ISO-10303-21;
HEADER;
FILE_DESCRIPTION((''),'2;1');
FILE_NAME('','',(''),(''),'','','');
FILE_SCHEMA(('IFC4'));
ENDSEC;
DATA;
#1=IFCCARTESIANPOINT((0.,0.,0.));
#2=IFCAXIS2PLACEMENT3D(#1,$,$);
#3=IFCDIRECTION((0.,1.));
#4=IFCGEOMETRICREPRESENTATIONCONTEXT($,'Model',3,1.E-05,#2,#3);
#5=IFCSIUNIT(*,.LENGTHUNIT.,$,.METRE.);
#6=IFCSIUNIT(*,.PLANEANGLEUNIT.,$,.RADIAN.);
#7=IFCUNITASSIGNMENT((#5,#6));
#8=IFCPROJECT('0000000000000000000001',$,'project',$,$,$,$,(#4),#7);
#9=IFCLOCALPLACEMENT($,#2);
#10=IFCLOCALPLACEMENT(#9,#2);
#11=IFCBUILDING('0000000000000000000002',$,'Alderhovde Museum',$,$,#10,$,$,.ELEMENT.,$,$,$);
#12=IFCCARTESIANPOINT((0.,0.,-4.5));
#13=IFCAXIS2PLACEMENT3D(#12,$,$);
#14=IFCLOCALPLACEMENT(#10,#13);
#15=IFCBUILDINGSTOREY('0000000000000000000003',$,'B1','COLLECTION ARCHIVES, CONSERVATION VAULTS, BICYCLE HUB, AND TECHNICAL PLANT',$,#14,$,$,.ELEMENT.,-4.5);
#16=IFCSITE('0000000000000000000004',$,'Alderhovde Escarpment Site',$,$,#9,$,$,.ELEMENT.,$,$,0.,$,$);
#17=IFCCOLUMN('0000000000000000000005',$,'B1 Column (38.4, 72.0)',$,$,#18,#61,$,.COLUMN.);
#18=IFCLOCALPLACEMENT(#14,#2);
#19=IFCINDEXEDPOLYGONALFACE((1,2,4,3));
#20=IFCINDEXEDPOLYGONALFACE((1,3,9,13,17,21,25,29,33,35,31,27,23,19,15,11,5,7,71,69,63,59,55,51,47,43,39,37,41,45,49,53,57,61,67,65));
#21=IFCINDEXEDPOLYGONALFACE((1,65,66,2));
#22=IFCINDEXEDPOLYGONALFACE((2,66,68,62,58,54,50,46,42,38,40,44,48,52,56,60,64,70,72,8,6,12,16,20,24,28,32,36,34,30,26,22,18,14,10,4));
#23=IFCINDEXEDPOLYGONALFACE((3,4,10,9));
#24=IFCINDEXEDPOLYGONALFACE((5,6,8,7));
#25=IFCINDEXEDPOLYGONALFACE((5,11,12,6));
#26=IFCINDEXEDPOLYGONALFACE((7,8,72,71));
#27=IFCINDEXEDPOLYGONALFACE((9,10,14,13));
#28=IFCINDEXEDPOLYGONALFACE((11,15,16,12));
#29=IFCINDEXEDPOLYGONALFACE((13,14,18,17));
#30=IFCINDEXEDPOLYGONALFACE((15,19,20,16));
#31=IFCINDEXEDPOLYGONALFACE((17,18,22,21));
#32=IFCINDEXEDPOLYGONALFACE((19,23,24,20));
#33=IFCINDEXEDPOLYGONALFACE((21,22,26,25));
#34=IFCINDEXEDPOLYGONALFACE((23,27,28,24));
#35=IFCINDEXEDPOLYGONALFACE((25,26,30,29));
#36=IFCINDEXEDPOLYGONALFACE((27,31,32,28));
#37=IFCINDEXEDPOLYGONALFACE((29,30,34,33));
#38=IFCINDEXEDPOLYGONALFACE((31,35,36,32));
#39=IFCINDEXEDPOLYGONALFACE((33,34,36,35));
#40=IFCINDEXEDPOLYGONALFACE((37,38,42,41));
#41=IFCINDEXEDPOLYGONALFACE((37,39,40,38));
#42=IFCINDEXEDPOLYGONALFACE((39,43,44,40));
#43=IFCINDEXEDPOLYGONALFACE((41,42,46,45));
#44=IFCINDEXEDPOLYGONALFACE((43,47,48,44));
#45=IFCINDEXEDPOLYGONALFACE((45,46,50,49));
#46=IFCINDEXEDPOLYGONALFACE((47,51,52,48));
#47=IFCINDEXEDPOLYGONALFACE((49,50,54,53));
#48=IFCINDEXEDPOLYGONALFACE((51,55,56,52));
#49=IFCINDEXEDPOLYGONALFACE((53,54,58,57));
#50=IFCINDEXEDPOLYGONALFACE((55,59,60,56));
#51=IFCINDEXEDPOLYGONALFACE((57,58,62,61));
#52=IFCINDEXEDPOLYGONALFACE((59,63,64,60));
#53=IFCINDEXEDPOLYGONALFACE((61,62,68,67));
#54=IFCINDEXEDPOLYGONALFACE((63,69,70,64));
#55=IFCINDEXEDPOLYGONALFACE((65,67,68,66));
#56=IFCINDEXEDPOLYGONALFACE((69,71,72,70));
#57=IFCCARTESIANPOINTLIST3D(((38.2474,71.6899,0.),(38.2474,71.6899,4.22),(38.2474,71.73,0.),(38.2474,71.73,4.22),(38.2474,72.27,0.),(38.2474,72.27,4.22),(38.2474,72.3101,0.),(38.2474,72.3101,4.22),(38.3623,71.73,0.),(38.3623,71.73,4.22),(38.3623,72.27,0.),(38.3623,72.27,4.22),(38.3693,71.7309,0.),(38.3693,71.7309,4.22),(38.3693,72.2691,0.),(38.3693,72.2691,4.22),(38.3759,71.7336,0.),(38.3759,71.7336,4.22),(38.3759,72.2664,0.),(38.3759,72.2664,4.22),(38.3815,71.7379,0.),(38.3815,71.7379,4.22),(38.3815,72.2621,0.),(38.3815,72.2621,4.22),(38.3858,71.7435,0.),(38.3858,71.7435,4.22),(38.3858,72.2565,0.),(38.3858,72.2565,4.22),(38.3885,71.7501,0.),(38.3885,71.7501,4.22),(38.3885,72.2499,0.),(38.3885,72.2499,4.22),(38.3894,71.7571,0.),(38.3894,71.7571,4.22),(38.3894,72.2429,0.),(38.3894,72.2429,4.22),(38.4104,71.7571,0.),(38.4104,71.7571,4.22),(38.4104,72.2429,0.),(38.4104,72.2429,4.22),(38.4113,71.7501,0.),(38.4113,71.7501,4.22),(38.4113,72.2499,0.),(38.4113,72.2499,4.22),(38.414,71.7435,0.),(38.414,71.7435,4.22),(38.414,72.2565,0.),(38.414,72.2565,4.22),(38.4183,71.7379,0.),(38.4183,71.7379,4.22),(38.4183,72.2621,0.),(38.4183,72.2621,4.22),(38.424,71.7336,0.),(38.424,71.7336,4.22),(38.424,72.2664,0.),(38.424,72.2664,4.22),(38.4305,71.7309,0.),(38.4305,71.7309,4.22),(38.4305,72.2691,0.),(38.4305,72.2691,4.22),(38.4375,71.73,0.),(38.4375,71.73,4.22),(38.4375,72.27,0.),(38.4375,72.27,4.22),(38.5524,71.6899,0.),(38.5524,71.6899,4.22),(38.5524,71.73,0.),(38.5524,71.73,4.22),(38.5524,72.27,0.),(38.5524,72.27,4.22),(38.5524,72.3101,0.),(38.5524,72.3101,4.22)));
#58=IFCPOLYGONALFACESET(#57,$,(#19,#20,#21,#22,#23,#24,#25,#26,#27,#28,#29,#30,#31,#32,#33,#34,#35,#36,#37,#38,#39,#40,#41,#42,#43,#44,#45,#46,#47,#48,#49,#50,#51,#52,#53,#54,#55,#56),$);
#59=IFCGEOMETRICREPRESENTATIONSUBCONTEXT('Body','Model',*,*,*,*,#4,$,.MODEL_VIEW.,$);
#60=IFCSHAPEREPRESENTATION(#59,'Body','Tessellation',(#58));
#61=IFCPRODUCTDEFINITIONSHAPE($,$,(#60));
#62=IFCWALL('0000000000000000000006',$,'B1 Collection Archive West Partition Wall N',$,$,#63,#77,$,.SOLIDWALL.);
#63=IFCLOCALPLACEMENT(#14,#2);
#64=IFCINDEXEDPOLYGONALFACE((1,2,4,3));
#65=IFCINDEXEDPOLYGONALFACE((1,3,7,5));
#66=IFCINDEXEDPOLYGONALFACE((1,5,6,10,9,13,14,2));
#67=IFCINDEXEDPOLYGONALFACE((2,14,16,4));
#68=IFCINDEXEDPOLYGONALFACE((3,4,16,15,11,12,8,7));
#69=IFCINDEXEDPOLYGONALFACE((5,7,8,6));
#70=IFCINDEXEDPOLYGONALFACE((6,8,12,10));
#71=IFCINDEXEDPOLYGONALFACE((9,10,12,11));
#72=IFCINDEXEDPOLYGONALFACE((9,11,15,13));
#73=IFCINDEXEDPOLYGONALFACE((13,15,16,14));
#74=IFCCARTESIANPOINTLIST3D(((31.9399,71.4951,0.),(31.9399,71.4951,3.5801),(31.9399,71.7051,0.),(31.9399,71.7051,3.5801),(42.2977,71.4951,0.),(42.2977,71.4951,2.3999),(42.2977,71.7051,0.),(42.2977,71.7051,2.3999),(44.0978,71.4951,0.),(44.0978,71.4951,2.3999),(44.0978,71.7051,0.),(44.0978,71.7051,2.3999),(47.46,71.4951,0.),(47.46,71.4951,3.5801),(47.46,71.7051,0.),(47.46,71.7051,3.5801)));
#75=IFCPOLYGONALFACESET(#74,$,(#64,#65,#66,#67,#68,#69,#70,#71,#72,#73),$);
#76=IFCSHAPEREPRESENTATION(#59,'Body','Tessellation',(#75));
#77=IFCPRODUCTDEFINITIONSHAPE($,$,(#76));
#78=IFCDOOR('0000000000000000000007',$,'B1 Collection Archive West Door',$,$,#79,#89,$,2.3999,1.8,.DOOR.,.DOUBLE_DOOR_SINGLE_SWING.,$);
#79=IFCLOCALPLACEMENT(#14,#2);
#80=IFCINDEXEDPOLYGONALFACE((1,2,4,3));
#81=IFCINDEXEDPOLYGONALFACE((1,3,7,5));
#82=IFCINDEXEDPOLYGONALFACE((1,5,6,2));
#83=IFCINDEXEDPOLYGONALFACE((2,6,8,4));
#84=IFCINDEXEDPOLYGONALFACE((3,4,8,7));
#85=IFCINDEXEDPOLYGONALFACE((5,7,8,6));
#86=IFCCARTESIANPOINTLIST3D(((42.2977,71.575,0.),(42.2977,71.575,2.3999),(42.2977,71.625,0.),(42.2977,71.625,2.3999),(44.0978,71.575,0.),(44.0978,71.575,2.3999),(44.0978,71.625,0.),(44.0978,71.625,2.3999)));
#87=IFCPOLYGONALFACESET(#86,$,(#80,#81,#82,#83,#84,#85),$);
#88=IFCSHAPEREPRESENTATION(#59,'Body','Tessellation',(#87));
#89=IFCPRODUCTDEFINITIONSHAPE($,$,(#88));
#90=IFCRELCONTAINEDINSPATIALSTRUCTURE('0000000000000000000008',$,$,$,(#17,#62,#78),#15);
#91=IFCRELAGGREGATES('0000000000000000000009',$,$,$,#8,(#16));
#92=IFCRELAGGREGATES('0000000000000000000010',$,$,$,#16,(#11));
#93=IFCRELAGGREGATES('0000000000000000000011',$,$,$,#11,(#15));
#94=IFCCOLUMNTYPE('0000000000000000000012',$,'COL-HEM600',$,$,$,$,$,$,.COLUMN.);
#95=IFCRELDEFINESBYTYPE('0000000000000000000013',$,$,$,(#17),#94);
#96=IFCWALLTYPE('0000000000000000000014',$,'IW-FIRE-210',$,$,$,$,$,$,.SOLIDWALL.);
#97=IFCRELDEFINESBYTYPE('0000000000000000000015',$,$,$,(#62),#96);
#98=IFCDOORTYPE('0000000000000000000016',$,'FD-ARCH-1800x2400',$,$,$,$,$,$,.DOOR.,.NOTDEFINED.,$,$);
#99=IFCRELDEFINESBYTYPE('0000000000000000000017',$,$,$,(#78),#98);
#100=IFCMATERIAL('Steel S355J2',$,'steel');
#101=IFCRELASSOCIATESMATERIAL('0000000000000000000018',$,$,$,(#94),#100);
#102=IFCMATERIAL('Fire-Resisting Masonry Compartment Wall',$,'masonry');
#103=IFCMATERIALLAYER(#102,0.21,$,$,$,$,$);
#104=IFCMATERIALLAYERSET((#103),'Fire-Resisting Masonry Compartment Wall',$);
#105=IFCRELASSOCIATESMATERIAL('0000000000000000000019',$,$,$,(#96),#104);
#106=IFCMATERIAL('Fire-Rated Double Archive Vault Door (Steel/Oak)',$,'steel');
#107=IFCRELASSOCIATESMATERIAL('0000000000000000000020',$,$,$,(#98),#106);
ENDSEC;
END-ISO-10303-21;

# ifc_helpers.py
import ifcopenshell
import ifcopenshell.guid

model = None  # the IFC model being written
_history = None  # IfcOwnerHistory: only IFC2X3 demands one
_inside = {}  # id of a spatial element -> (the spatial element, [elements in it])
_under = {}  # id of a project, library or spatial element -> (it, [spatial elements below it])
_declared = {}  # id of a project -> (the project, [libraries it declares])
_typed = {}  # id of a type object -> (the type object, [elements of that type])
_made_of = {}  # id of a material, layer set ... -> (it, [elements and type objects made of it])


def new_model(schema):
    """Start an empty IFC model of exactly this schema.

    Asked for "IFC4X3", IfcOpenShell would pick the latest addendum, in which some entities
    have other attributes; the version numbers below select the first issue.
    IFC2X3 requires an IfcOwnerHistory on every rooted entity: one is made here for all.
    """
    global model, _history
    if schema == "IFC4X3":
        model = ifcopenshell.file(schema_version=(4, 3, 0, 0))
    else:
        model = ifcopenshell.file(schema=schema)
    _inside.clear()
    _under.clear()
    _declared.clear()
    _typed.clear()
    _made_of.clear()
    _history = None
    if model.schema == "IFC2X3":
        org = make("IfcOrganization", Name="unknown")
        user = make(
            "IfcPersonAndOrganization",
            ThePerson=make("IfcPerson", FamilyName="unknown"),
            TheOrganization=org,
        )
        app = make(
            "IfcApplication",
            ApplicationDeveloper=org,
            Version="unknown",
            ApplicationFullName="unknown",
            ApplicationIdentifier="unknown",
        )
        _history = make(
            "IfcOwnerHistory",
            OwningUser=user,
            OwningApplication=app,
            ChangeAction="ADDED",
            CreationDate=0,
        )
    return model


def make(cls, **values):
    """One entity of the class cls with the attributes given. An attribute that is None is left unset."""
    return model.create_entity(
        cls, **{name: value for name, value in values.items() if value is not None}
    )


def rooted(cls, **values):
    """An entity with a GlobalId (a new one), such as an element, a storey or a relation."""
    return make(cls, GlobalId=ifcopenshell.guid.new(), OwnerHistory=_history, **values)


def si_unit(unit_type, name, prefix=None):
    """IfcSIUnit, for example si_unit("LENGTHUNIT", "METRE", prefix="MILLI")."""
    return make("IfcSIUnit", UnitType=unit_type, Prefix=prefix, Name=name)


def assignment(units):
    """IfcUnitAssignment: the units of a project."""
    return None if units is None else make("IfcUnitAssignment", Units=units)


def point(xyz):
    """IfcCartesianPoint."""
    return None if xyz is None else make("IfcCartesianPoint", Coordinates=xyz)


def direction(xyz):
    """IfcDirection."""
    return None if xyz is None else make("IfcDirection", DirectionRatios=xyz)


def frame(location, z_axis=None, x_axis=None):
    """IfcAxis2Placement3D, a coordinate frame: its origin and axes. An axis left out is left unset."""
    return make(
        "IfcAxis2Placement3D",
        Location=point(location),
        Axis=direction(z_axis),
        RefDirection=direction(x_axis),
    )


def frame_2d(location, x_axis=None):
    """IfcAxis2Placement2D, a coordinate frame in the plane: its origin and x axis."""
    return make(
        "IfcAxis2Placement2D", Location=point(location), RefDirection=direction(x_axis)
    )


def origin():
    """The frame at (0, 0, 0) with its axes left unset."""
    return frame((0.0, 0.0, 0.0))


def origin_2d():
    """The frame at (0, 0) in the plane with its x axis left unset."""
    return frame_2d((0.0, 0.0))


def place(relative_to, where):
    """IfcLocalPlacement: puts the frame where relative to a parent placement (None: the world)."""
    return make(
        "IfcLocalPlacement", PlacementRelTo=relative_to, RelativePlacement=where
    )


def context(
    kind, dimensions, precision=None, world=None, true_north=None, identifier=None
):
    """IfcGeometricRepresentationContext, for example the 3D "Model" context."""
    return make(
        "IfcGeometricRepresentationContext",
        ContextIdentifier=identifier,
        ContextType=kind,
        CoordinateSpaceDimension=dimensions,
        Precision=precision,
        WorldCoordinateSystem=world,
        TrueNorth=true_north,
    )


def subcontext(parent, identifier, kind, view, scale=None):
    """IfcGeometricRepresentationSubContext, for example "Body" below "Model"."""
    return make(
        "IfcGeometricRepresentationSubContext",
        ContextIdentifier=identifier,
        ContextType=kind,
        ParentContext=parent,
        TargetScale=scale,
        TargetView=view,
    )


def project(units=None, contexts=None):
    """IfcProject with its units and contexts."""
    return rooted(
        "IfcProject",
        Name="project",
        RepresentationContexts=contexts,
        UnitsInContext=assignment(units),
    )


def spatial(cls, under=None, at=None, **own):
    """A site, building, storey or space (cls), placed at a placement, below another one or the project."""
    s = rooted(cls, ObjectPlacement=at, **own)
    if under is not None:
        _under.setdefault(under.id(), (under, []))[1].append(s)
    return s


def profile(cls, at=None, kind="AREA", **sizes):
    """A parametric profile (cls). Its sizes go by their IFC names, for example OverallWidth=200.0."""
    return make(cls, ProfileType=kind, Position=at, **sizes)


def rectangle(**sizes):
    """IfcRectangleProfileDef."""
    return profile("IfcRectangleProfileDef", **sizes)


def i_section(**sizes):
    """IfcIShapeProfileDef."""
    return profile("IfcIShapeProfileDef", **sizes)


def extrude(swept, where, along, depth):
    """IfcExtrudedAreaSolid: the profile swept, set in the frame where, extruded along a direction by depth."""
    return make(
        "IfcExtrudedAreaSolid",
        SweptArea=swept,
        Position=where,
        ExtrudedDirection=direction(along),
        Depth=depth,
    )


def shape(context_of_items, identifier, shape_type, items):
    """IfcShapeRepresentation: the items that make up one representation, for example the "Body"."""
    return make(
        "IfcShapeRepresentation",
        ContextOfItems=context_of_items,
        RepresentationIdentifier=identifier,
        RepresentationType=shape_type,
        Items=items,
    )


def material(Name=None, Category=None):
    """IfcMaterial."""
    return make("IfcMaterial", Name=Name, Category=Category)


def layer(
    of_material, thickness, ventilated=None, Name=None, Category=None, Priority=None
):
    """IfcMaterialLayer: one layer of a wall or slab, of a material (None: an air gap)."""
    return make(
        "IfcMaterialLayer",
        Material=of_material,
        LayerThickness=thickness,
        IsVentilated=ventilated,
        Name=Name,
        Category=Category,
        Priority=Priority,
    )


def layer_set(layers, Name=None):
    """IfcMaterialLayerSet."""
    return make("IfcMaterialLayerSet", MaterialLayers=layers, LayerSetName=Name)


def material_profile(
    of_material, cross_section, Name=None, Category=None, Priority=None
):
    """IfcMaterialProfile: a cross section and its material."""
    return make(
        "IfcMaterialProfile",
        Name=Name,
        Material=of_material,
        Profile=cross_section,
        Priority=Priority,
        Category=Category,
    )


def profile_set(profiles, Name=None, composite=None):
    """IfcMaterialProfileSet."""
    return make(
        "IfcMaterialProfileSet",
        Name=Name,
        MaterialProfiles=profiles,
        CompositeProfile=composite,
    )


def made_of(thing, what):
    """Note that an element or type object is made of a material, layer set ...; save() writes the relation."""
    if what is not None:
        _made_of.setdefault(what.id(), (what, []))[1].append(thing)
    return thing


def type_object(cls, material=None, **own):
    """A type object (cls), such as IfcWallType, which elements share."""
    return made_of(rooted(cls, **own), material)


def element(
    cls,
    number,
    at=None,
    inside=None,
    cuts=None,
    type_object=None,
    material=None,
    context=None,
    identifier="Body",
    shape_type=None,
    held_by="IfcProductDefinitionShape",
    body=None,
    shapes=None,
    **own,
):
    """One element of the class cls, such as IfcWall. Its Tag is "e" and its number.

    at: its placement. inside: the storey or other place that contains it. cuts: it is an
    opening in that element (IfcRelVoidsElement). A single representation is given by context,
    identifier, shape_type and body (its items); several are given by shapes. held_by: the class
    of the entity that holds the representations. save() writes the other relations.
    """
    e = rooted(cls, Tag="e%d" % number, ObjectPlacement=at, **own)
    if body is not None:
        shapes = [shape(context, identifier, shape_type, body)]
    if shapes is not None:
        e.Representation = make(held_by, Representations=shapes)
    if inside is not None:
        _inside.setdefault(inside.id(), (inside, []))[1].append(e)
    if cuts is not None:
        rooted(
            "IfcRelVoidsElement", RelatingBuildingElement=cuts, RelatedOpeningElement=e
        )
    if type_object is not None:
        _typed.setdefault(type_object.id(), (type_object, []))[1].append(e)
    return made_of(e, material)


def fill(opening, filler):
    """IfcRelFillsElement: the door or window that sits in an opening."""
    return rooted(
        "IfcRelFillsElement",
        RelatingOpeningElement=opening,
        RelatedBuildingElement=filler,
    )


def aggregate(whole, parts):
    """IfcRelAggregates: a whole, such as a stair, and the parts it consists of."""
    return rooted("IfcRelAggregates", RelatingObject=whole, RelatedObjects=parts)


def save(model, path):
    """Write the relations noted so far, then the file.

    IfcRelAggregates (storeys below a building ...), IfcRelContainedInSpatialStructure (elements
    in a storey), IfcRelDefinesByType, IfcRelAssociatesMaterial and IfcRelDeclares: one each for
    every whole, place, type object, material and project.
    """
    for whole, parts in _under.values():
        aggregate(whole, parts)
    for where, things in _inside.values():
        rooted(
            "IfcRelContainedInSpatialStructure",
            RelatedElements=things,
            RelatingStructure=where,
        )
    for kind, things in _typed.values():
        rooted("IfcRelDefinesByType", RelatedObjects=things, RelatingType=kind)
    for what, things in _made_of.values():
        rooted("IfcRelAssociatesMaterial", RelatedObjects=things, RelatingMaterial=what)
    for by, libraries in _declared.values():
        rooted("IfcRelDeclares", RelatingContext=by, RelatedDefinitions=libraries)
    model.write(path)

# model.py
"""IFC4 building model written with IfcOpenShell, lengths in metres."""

from ifc_helpers import new_model, si_unit, direction, frame, frame_2d, origin, origin_2d, place, context, subcontext, project, spatial, rectangle, i_section, extrude, material, layer, layer_set, material_profile, profile_set, type_object, element, fill, save


model = new_model("IFC4")

# Units and contexts
model_context = context("Model", 3, precision=1e-05, world=origin(), true_north=direction((0.0, 1.0)))
body_context = subcontext(model_context, "Body", "Model", "MODEL_VIEW")
ifc_project = project(units=[si_unit("LENGTHUNIT", "METRE"), si_unit("PLANEANGLEUNIT", "RADIAN")], contexts=[model_context])

# Site, building, storey
site_placement = place(None, origin())
site = spatial("IfcSite", under=ifc_project, at=site_placement, Name="Alderhovde Escarpment Site", CompositionType="ELEMENT", RefElevation=0.0)
building_placement = place(site_placement, origin())
building = spatial("IfcBuilding", under=site, at=building_placement, Name="Alderhovde Museum", CompositionType="ELEMENT")
storey_placement = place(building_placement, frame((0.0, 0.0, -4.5)))
storey = spatial("IfcBuildingStorey", under=building, at=storey_placement, Name="B1", Description="COLLECTION ARCHIVES, CONSERVATION VAULTS, BICYCLE HUB, AND TECHNICAL PLANT", CompositionType="ELEMENT", Elevation=-4.5)

# Column
ifc_material_1 = material(Name="Steel S355J2", Category="steel")
ifc_material_profile_1 = material_profile(ifc_material_1, i_section(OverallWidth=0.3049, OverallDepth=0.6201, WebThickness=0.021, FlangeThickness=0.04, FilletRadius=0.0271, at=origin_2d()), Name="HEM 600")
ifc_profile_set_1 = profile_set([ifc_material_profile_1], Name="Steel S355J2")
column_type_1 = type_object("IfcColumnType", Name="COL-HEM600", PredefinedType="COLUMN", material=ifc_profile_set_1)
column_1_placement = place(storey_placement, frame((38.3999, 72.0, 0.0), z_axis=(0.0, 0.0, 1.0), x_axis=(1.0, 0.0, 0.0)))
element("IfcColumn", 1, at=column_1_placement, inside=storey, type_object=column_type_1, Name="B1 Column (38.4, 72.0)", PredefinedType="COLUMN", context=body_context, shape_type="SweptSolid", body=[
    extrude(i_section(OverallWidth=0.3049, OverallDepth=0.6201, WebThickness=0.021, FlangeThickness=0.04, FilletRadius=0.0271, at=origin_2d()), origin(), (0.0, 0.0, 1.0), 4.22),
])

# Wall, opening, door
ifc_material_2 = material(Name="Fire-Resisting Masonry Compartment Wall", Category="masonry")
ifc_layer = layer(ifc_material_2, 0.21)
ifc_layer_set = layer_set([ifc_layer], Name="Fire-Resisting Masonry Compartment Wall")
wall_type = type_object("IfcWallType", Name="IW-FIRE-210", PredefinedType="SOLIDWALL", material=ifc_layer_set)
wall_placement = place(storey_placement, frame((31.9399, 71.6001, 0.0), z_axis=(0.0, 0.0, 1.0), x_axis=(1.0, 0.0, 0.0)))
wall = element("IfcWall", 2, at=wall_placement, inside=storey, type_object=wall_type, Name="B1 Collection Archive West Partition Wall N", PredefinedType="SOLIDWALL", context=body_context, shape_type="SweptSolid", body=[
    extrude(rectangle(XDim=15.52, YDim=0.21, at=frame_2d((7.76, 0.0))), origin(), (0.0, 0.0, 1.0), 3.5801),
])
opening_placement = place(wall_placement, frame((10.3579, 0.0, 0.0)))
opening = element("IfcOpeningElement", 3, at=opening_placement, cuts=wall, PredefinedType="OPENING", context=body_context, shape_type="SweptSolid", body=[
    extrude(rectangle(XDim=1.8, YDim=2.3999, at=frame_2d((0.8999, 1.2))), frame((0.0, 0.115, 0.0), z_axis=(0.0, -1.0, 0.0), x_axis=(1.0, 0.0, 0.0)), (0.0, 0.0, 1.0), 0.23),
])
ifc_material_3 = material(Name="Fire-Rated Double Archive Vault Door (Steel/Oak)", Category="steel")
door_type = type_object("IfcDoorType", Name="FD-ARCH-1800x2400", OperationType="NOTDEFINED", PredefinedType="DOOR", material=ifc_material_3)
door_placement = place(opening_placement, origin())
door = element("IfcDoor", 4, at=door_placement, inside=storey, type_object=door_type, Name="B1 Collection Archive West Door", OperationType="DOUBLE_DOOR_SINGLE_SWING", OverallHeight=2.3999, OverallWidth=1.8, PredefinedType="DOOR", context=body_context, shape_type="SweptSolid", body=[
    extrude(rectangle(XDim=1.8, YDim=2.3999, at=frame_2d((0.8999, 1.2))), frame((0.0, 0.0249, 0.0), z_axis=(0.0, -1.0, 0.0), x_axis=(1.0, 0.0, 0.0)), (0.0, 0.0, 1.0), 0.05),
])
fill(opening, door)

save(model, "model.ifc")
